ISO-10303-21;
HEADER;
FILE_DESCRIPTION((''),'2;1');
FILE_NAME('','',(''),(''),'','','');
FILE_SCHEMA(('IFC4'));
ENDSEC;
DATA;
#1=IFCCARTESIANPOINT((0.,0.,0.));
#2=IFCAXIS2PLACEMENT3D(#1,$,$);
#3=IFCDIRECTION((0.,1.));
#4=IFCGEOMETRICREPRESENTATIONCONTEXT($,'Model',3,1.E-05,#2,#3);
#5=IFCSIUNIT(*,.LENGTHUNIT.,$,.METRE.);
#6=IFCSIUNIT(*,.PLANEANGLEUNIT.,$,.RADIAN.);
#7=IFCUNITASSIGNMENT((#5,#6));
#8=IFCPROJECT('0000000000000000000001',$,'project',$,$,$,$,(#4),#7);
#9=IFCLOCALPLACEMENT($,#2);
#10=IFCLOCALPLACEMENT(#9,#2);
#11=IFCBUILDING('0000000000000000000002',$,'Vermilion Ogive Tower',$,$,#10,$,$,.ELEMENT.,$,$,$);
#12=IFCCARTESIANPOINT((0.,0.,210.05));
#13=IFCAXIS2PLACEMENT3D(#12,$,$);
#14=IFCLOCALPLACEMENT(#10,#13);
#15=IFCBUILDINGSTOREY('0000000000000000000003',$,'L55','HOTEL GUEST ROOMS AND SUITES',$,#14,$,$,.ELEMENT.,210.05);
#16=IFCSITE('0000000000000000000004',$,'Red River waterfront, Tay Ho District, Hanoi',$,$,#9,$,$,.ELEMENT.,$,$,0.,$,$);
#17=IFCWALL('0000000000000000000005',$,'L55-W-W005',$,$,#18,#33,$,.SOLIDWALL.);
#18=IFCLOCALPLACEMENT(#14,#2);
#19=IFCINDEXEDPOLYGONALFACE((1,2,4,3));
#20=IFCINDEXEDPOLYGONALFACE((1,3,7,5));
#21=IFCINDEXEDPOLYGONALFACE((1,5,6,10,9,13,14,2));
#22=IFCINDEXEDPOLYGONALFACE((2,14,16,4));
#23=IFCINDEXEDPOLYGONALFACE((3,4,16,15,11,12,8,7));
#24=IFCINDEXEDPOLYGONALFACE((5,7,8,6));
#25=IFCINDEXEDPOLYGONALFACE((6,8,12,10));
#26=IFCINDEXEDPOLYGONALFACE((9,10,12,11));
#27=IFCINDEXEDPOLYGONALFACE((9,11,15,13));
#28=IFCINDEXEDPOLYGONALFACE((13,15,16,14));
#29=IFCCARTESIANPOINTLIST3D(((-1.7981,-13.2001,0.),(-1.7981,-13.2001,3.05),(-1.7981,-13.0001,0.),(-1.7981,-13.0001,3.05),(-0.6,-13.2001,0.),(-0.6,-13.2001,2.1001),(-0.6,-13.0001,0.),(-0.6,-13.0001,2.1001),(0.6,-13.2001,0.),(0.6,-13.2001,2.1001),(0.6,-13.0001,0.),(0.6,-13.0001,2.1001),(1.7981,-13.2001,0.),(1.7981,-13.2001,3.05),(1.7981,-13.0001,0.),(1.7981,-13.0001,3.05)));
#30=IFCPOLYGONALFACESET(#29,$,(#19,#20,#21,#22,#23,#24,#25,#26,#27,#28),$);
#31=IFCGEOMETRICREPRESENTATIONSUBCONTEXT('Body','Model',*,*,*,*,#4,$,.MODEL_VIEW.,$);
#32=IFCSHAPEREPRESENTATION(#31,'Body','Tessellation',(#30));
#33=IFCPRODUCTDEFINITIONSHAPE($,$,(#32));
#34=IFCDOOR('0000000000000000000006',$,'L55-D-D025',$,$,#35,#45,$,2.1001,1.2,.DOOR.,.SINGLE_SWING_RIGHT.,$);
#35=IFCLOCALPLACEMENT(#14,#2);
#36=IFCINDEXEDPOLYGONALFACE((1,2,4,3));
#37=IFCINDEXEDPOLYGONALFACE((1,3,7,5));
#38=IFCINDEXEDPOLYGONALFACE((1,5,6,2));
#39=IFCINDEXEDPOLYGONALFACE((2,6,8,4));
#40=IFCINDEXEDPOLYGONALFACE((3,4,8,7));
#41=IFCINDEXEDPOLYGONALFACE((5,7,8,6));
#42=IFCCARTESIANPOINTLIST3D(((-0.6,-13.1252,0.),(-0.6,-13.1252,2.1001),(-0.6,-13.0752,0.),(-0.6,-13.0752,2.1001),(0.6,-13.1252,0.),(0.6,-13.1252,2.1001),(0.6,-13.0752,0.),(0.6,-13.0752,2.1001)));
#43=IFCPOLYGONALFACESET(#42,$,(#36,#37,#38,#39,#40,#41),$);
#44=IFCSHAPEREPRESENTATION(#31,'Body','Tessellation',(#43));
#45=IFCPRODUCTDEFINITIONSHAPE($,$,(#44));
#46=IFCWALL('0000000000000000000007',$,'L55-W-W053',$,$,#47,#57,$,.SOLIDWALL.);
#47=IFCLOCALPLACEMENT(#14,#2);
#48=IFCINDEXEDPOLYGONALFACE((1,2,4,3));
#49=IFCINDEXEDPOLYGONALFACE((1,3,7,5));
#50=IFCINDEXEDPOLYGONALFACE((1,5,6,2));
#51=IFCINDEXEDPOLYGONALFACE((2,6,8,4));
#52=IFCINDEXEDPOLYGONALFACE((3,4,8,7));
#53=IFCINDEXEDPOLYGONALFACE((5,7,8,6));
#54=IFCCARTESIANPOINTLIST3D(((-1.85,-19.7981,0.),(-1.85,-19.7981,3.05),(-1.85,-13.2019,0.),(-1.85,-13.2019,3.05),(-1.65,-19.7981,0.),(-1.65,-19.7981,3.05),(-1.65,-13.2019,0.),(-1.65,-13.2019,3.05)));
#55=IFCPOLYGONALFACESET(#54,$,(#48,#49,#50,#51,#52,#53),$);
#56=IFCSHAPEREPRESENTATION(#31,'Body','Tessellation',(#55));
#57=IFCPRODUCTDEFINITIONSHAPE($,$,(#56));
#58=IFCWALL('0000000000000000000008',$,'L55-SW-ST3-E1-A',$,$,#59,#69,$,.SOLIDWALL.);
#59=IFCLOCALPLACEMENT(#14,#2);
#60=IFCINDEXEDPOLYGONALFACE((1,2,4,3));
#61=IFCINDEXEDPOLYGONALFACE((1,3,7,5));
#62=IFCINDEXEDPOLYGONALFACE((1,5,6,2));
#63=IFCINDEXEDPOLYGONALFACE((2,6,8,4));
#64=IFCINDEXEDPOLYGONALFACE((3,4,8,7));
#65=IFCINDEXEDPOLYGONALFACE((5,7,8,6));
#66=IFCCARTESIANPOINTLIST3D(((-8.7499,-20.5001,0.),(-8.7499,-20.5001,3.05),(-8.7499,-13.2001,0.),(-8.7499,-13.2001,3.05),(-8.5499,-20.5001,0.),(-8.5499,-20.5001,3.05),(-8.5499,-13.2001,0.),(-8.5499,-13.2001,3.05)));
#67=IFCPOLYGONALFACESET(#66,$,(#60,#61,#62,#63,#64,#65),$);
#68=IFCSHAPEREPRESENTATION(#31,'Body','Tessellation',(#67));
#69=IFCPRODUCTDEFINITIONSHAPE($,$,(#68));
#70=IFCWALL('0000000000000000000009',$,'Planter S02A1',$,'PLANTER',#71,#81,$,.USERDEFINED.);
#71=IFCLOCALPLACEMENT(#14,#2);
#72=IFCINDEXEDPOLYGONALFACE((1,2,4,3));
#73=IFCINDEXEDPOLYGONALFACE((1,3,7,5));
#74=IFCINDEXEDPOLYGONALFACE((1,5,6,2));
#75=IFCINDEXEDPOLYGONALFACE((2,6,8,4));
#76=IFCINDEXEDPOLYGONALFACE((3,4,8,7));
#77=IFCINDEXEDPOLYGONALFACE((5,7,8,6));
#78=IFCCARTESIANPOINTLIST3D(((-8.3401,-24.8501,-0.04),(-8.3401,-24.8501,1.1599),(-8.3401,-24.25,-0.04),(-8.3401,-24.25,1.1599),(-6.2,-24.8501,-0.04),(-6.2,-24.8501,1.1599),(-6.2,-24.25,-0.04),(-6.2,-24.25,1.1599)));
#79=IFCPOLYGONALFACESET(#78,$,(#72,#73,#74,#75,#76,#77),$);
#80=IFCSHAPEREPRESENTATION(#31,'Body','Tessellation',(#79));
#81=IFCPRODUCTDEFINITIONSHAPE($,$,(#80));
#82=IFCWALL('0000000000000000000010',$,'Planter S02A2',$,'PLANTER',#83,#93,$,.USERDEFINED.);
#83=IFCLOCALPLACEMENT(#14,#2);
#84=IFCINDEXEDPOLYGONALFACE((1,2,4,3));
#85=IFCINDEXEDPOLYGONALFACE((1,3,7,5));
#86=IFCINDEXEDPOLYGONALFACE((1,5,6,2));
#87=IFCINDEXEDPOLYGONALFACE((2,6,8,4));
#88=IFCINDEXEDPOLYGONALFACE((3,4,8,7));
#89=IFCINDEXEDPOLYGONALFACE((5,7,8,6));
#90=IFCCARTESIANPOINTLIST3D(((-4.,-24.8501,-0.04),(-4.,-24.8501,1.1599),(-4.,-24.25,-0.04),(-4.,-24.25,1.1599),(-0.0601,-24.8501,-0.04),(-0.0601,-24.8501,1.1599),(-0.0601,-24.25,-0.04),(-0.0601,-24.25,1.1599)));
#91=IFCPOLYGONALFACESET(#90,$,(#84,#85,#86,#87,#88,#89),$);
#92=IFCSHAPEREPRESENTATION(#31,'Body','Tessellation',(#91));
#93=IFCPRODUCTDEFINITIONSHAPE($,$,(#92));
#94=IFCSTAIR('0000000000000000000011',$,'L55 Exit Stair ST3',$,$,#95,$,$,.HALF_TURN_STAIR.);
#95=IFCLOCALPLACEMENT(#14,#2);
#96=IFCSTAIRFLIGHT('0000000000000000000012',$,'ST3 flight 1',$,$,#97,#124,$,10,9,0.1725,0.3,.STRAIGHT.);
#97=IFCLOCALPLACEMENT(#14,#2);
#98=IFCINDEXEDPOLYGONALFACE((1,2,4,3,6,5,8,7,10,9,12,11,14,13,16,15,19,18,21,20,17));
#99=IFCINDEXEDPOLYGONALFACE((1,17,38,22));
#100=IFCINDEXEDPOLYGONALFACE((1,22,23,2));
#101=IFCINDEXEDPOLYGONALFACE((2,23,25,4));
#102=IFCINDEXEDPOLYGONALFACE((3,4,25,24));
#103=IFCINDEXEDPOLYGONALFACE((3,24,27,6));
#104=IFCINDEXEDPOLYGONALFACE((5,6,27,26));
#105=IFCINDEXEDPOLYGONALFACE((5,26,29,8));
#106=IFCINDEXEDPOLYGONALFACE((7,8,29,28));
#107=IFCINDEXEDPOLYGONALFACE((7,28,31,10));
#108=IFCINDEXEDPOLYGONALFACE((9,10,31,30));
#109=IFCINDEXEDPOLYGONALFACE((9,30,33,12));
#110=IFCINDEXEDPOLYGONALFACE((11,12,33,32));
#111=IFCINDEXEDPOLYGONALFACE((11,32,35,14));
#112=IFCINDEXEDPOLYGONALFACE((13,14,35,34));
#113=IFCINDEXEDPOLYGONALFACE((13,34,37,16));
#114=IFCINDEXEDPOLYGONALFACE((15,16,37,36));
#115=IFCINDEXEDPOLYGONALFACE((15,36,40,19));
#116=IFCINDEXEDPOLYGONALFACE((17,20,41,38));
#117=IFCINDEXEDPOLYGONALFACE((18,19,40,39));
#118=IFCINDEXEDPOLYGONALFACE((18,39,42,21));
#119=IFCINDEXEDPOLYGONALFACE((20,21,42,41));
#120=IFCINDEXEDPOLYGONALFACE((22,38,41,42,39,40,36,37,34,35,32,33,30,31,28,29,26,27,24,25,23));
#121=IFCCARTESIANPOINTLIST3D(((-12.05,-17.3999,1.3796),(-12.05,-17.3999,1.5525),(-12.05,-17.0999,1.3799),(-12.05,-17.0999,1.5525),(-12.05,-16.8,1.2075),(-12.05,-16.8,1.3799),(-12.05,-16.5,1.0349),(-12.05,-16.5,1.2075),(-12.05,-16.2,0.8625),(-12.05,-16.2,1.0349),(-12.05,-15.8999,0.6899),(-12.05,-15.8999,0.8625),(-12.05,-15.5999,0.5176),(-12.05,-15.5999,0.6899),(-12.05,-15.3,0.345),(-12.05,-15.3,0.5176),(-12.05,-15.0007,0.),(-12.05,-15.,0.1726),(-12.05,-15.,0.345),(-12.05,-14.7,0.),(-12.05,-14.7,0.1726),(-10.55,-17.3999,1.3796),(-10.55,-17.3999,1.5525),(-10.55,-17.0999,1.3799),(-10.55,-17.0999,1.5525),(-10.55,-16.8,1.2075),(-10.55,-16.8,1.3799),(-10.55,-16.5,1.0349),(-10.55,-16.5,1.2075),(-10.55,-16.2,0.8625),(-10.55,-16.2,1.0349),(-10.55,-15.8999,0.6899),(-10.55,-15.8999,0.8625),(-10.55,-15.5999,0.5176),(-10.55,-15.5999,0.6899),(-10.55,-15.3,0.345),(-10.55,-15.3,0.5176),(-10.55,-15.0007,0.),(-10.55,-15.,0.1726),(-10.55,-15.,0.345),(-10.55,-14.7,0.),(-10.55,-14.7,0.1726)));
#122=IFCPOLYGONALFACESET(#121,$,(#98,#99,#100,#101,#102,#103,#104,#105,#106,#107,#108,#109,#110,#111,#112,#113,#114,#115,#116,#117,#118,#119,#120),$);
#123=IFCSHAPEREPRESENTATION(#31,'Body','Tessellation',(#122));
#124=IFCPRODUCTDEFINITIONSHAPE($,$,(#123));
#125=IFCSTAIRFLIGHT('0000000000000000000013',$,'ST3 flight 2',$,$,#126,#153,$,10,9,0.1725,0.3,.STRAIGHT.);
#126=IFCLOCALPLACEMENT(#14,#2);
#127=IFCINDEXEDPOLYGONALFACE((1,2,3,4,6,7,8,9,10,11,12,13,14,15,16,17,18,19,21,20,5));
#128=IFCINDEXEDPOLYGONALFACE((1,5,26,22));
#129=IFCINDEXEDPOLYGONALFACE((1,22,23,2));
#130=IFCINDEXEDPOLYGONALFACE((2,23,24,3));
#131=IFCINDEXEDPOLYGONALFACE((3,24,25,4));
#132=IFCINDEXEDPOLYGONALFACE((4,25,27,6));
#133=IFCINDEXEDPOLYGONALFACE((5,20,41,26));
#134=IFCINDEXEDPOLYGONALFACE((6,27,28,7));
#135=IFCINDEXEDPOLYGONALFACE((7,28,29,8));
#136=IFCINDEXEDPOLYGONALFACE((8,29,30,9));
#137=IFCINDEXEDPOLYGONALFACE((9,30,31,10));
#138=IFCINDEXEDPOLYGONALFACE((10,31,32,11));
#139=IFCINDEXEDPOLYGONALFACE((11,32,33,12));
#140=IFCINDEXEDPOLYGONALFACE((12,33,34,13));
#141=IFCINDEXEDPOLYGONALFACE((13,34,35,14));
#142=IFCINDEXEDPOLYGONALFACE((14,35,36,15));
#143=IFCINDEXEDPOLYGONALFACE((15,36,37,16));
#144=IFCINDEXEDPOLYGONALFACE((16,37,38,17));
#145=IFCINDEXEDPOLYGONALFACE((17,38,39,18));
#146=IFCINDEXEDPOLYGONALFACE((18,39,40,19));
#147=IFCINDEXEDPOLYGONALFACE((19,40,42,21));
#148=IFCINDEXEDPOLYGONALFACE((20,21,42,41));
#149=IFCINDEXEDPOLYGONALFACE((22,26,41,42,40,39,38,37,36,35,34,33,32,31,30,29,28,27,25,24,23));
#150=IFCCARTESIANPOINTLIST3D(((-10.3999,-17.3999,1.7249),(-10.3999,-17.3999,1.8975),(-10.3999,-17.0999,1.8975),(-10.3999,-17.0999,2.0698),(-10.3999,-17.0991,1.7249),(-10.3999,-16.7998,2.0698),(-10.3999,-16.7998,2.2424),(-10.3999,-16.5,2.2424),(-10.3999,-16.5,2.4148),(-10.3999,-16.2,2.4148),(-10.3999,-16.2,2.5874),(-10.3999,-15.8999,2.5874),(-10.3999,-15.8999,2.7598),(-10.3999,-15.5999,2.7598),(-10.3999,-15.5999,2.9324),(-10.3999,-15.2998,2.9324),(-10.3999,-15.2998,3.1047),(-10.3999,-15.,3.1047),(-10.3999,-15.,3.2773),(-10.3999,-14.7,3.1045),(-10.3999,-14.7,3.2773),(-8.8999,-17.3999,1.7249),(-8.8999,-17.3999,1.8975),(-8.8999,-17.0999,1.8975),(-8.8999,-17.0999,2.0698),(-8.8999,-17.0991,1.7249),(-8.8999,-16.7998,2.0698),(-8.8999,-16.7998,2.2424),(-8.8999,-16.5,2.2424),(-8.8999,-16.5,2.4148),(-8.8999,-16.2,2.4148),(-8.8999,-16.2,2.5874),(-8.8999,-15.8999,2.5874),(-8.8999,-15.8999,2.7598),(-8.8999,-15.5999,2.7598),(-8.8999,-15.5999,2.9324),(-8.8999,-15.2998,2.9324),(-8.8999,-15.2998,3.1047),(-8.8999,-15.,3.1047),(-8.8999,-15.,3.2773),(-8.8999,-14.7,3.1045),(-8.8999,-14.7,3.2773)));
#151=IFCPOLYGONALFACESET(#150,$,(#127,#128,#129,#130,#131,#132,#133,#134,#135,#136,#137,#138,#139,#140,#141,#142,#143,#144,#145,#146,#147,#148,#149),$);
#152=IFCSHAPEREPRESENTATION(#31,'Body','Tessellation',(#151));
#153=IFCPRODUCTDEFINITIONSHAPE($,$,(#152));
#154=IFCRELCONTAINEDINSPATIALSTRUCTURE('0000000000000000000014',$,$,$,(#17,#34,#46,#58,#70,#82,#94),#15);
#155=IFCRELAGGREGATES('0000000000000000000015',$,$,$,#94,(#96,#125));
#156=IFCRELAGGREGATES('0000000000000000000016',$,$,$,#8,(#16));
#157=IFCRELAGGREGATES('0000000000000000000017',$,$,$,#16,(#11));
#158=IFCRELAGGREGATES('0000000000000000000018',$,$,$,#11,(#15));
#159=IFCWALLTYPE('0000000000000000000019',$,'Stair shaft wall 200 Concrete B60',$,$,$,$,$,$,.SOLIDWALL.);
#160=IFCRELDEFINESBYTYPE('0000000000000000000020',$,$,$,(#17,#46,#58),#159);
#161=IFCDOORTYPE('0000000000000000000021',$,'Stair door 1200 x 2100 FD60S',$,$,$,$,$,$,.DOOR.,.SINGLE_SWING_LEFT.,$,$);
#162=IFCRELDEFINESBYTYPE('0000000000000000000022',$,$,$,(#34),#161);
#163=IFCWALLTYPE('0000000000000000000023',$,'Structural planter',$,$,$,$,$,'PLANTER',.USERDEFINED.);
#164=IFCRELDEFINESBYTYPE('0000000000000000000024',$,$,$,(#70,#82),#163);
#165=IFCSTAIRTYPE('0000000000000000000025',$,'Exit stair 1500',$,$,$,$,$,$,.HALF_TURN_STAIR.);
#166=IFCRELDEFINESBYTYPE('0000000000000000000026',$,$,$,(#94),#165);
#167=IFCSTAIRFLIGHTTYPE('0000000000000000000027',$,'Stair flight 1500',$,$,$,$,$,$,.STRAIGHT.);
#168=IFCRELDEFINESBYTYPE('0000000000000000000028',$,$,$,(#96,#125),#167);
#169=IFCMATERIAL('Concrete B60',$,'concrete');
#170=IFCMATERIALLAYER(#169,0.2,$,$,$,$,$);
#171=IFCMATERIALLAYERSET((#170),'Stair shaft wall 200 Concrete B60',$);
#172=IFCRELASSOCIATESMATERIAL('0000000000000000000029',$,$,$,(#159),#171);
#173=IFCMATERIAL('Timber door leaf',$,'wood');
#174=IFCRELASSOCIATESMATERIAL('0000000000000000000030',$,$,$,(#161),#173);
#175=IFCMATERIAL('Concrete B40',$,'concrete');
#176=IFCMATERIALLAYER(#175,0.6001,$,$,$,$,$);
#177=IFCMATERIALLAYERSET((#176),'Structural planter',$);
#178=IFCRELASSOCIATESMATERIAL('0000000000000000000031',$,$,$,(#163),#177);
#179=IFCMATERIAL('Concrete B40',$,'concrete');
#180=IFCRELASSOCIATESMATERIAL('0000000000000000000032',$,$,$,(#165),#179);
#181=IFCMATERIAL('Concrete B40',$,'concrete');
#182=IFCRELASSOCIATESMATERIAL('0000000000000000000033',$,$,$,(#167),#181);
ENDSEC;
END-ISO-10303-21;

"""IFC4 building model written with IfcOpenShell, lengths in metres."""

from ifc_helpers import new_model, si_unit, direction, frame, frame_2d, origin, place, context, subcontext, project, spatial, polyline, rectangle, outline, extrude, material, layer, layer_set, type_object, element, fill, aggregate, save


model = new_model("IFC4")

# Units and contexts
model_context = context("Model", 3, precision=1e-05, world=origin(), true_north=direction((0.0, 1.0)))
body_context = subcontext(model_context, "Body", "Model", "MODEL_VIEW")
ifc_project = project(units=[si_unit("LENGTHUNIT", "METRE"), si_unit("PLANEANGLEUNIT", "RADIAN")], contexts=[model_context])

# Site, building, storey
site_placement = place(None, origin())
site = spatial("IfcSite", under=ifc_project, at=site_placement, Name="Red River waterfront, Tay Ho District, Hanoi", CompositionType="ELEMENT", RefElevation=0.0)
building_placement = place(site_placement, origin())
building = spatial("IfcBuilding", under=site, at=building_placement, Name="Vermilion Ogive Tower", CompositionType="ELEMENT")
storey_placement = place(building_placement, frame((0.0, 0.0, 210.05)))
storey = spatial("IfcBuildingStorey", under=building, at=storey_placement, Name="L55", Description="HOTEL GUEST ROOMS AND SUITES", CompositionType="ELEMENT", Elevation=210.05)

# Shared definitions
ifc_material_1 = material(Name="Concrete B60", Category="concrete")
ifc_layer_1 = layer(ifc_material_1, 0.2)
ifc_layer_set_1 = layer_set([ifc_layer_1], Name="Stair shaft wall 200 Concrete B60")
wall_type_1 = type_object("IfcWallType", Name="Stair shaft wall 200 Concrete B60", PredefinedType="SOLIDWALL", material=ifc_layer_set_1)

# Wall, opening, door
ifc_material_2 = material(Name="Timber door leaf", Category="wood")
door_type_1 = type_object("IfcDoorType", Name="Stair door 1200 x 2100 FD60S", OperationType="SINGLE_SWING_LEFT", PredefinedType="DOOR", material=ifc_material_2)
wall_1_placement = place(storey_placement, frame((-1.7981, -13.1001, 0.0), z_axis=(0.0, 0.0, 1.0), x_axis=(1.0, 0.0, 0.0)))
wall_1 = element("IfcWall", 1, at=wall_1_placement, inside=storey, type_object=wall_type_1, Name="L55-W-W005", PredefinedType="SOLIDWALL", context=body_context, shape_type="SweptSolid", body=[
    extrude(rectangle(XDim=3.5962, YDim=0.2, at=frame_2d((1.7981, 0.0))), origin(), (0.0, 0.0, 1.0), 3.05),
])
opening_1_placement = place(wall_1_placement, frame((1.198, 0.0, 0.0)))
opening_1 = element("IfcOpeningElement", 2, at=opening_1_placement, cuts=wall_1, PredefinedType="OPENING", context=body_context, shape_type="SweptSolid", body=[
    extrude(rectangle(XDim=1.2, YDim=2.1001, at=frame_2d((0.6001, 1.05))), frame((0.0, 0.1099, 0.0), z_axis=(0.0, -1.0, 0.0), x_axis=(1.0, 0.0, 0.0)), (0.0, 0.0, 1.0), 0.22),
])
door_1_placement = place(opening_1_placement, origin())
door_1 = element("IfcDoor", 3, at=door_1_placement, inside=storey, type_object=door_type_1, Name="L55-D-D025", OperationType="SINGLE_SWING_RIGHT", OverallHeight=2.1001, OverallWidth=1.2, PredefinedType="DOOR", context=body_context, shape_type="SweptSolid", body=[
    extrude(rectangle(XDim=1.2, YDim=2.1001, at=frame_2d((0.6001, 1.05))), frame((0.0, 0.0249, 0.0), z_axis=(0.0, -1.0, 0.0), x_axis=(1.0, 0.0, 0.0)), (0.0, 0.0, 1.0), 0.05),
])
fill(opening_1, door_1)

# Walls
wall_2_placement = place(storey_placement, frame((-1.75, -19.7981, 0.0), z_axis=(0.0, 0.0, 1.0), x_axis=(0.0, 1.0, 0.0)))
element("IfcWall", 4, at=wall_2_placement, inside=storey, type_object=wall_type_1, Name="L55-W-W053", PredefinedType="SOLIDWALL", context=body_context, shape_type="SweptSolid", body=[
    extrude(rectangle(XDim=6.5962, YDim=0.2, at=frame_2d((3.2981, 0.0))), origin(), (0.0, 0.0, 1.0), 3.05),
])
wall_3_placement = place(storey_placement, frame((-8.6499, -20.5, 0.0), z_axis=(0.0, 0.0, 1.0), x_axis=(0.0, 1.0, 0.0)))
element("IfcWall", 5, at=wall_3_placement, inside=storey, type_object=wall_type_1, Name="L55-SW-ST3-E1-A", PredefinedType="SOLIDWALL", context=body_context, shape_type="SweptSolid", body=[
    extrude(rectangle(XDim=7.3, YDim=0.2, at=frame_2d((3.6499, 0.0))), origin(), (0.0, 0.0, 1.0), 3.05),
])
ifc_material_3 = material(Name="Concrete B40", Category="concrete")
ifc_layer_2 = layer(ifc_material_3, 0.6001)
ifc_layer_set_2 = layer_set([ifc_layer_2], Name="Structural planter")
wall_type_2 = type_object("IfcWallType", Name="Structural planter", ElementType="PLANTER", PredefinedType="USERDEFINED", material=ifc_layer_set_2)
wall_4_placement = place(storey_placement, frame((-8.3401, -24.55, -0.04), z_axis=(0.0, 0.0, 1.0), x_axis=(1.0, 0.0, 0.0)))
element("IfcWall", 6, at=wall_4_placement, inside=storey, type_object=wall_type_2, Name="Planter S02A1", ObjectType="PLANTER", PredefinedType="USERDEFINED", context=body_context, shape_type="SweptSolid", body=[
    extrude(rectangle(XDim=2.1401, YDim=0.6001, at=frame_2d((1.0701, 0.0))), origin(), (0.0, 0.0, 1.0), 1.2),
])
wall_5_placement = place(storey_placement, frame((-4.0, -24.55, -0.04), z_axis=(0.0, 0.0, 1.0), x_axis=(1.0, 0.0, 0.0)))
element("IfcWall", 7, at=wall_5_placement, inside=storey, type_object=wall_type_2, Name="Planter S02A2", ObjectType="PLANTER", PredefinedType="USERDEFINED", context=body_context, shape_type="SweptSolid", body=[
    extrude(rectangle(XDim=3.9399, YDim=0.6001, at=frame_2d((1.97, 0.0))), origin(), (0.0, 0.0, 1.0), 1.2),
])

# Stair, stair flights
ifc_material_4 = material(Name="Concrete B40", Category="concrete")
stair_type = type_object("IfcStairType", Name="Exit stair 1500", PredefinedType="HALF_TURN_STAIR", material=ifc_material_4)
stair_1_placement = place(storey_placement, origin())
stair_1 = element("IfcStair", 8, at=stair_1_placement, inside=storey, type_object=stair_type, Name="L55 Exit Stair ST3", PredefinedType="HALF_TURN_STAIR")
ifc_material_5 = material(Name="Concrete B40", Category="concrete")
stair_flight_type = type_object("IfcStairFlightType", Name="Stair flight 1500", PredefinedType="STRAIGHT", material=ifc_material_5)
stair_flight_1_placement = place(storey_placement, frame((-11.3, -14.7, 0.0), z_axis=(0.0, 0.0, 1.0), x_axis=(0.0, -1.0, 0.0)))
stair_flight_1 = element("IfcStairFlight", 9, at=stair_flight_1_placement, type_object=stair_flight_type, Name="ST3 flight 1", NumberOfRisers=10, NumberOfTreads=9, PredefinedType="STRAIGHT", RiserHeight=0.1725, TreadLength=0.3, context=body_context, shape_type="SweptSolid", body=[
    extrude(outline(polyline([(0.0, 0.0), (0.0, 0.1726), (0.3, 0.1726), (0.3, 0.345), (0.6001, 0.345), (0.6001, 0.5176), (0.8999, 0.5176), (0.8999, 0.6899), (1.2, 0.6899), (1.2, 0.8625), (1.5, 0.8625), (1.5, 1.0349), (1.8, 1.0349), (1.8, 1.2075), (2.1001, 1.2075), (2.1001, 1.3799), (2.3999, 1.3799), (2.3999, 1.5525), (2.7, 1.5525), (2.7, 1.7251), (2.7, 1.3796), (0.3008, 0.0), (0.0, 0.0)])), frame((0.0, 0.75, 0.0), z_axis=(0.0, -1.0, 0.0), x_axis=(1.0, 0.0, 0.0)), (0.0, 0.0, 1.0), 1.5),
])
stair_flight_2_placement = place(storey_placement, frame((-9.6499, -17.3999, 1.7249), z_axis=(0.0, 0.0, 1.0), x_axis=(0.0, 1.0, 0.0)))
stair_flight_2 = element("IfcStairFlight", 10, at=stair_flight_2_placement, type_object=stair_flight_type, Name="ST3 flight 2", NumberOfRisers=10, NumberOfTreads=9, PredefinedType="STRAIGHT", RiserHeight=0.1725, TreadLength=0.3, context=body_context, shape_type="SweptSolid", body=[
    extrude(outline(polyline([(0.0, 0.0), (0.0, 0.1726), (0.3, 0.1726), (0.3, 0.345), (0.6001, 0.345), (0.6001, 0.5176), (0.8999, 0.5176), (0.8999, 0.6899), (1.2, 0.6899), (1.2, 0.8625), (1.5, 0.8625), (1.5, 1.0349), (1.8, 1.0349), (1.8, 1.2075), (2.1001, 1.2075), (2.1001, 1.3799), (2.3999, 1.3799), (2.3999, 1.5525), (2.7, 1.5525), (2.7, 1.7251), (2.7, 1.3796), (0.3008, 0.0), (0.0, 0.0)])), frame((0.0, 0.75, 0.0), z_axis=(0.0, -1.0, 0.0), x_axis=(1.0, 0.0, 0.0)), (0.0, 0.0, 1.0), 1.5),
])
aggregate(stair_1, [stair_flight_1, stair_flight_2])

save(model, "model.ifc")
